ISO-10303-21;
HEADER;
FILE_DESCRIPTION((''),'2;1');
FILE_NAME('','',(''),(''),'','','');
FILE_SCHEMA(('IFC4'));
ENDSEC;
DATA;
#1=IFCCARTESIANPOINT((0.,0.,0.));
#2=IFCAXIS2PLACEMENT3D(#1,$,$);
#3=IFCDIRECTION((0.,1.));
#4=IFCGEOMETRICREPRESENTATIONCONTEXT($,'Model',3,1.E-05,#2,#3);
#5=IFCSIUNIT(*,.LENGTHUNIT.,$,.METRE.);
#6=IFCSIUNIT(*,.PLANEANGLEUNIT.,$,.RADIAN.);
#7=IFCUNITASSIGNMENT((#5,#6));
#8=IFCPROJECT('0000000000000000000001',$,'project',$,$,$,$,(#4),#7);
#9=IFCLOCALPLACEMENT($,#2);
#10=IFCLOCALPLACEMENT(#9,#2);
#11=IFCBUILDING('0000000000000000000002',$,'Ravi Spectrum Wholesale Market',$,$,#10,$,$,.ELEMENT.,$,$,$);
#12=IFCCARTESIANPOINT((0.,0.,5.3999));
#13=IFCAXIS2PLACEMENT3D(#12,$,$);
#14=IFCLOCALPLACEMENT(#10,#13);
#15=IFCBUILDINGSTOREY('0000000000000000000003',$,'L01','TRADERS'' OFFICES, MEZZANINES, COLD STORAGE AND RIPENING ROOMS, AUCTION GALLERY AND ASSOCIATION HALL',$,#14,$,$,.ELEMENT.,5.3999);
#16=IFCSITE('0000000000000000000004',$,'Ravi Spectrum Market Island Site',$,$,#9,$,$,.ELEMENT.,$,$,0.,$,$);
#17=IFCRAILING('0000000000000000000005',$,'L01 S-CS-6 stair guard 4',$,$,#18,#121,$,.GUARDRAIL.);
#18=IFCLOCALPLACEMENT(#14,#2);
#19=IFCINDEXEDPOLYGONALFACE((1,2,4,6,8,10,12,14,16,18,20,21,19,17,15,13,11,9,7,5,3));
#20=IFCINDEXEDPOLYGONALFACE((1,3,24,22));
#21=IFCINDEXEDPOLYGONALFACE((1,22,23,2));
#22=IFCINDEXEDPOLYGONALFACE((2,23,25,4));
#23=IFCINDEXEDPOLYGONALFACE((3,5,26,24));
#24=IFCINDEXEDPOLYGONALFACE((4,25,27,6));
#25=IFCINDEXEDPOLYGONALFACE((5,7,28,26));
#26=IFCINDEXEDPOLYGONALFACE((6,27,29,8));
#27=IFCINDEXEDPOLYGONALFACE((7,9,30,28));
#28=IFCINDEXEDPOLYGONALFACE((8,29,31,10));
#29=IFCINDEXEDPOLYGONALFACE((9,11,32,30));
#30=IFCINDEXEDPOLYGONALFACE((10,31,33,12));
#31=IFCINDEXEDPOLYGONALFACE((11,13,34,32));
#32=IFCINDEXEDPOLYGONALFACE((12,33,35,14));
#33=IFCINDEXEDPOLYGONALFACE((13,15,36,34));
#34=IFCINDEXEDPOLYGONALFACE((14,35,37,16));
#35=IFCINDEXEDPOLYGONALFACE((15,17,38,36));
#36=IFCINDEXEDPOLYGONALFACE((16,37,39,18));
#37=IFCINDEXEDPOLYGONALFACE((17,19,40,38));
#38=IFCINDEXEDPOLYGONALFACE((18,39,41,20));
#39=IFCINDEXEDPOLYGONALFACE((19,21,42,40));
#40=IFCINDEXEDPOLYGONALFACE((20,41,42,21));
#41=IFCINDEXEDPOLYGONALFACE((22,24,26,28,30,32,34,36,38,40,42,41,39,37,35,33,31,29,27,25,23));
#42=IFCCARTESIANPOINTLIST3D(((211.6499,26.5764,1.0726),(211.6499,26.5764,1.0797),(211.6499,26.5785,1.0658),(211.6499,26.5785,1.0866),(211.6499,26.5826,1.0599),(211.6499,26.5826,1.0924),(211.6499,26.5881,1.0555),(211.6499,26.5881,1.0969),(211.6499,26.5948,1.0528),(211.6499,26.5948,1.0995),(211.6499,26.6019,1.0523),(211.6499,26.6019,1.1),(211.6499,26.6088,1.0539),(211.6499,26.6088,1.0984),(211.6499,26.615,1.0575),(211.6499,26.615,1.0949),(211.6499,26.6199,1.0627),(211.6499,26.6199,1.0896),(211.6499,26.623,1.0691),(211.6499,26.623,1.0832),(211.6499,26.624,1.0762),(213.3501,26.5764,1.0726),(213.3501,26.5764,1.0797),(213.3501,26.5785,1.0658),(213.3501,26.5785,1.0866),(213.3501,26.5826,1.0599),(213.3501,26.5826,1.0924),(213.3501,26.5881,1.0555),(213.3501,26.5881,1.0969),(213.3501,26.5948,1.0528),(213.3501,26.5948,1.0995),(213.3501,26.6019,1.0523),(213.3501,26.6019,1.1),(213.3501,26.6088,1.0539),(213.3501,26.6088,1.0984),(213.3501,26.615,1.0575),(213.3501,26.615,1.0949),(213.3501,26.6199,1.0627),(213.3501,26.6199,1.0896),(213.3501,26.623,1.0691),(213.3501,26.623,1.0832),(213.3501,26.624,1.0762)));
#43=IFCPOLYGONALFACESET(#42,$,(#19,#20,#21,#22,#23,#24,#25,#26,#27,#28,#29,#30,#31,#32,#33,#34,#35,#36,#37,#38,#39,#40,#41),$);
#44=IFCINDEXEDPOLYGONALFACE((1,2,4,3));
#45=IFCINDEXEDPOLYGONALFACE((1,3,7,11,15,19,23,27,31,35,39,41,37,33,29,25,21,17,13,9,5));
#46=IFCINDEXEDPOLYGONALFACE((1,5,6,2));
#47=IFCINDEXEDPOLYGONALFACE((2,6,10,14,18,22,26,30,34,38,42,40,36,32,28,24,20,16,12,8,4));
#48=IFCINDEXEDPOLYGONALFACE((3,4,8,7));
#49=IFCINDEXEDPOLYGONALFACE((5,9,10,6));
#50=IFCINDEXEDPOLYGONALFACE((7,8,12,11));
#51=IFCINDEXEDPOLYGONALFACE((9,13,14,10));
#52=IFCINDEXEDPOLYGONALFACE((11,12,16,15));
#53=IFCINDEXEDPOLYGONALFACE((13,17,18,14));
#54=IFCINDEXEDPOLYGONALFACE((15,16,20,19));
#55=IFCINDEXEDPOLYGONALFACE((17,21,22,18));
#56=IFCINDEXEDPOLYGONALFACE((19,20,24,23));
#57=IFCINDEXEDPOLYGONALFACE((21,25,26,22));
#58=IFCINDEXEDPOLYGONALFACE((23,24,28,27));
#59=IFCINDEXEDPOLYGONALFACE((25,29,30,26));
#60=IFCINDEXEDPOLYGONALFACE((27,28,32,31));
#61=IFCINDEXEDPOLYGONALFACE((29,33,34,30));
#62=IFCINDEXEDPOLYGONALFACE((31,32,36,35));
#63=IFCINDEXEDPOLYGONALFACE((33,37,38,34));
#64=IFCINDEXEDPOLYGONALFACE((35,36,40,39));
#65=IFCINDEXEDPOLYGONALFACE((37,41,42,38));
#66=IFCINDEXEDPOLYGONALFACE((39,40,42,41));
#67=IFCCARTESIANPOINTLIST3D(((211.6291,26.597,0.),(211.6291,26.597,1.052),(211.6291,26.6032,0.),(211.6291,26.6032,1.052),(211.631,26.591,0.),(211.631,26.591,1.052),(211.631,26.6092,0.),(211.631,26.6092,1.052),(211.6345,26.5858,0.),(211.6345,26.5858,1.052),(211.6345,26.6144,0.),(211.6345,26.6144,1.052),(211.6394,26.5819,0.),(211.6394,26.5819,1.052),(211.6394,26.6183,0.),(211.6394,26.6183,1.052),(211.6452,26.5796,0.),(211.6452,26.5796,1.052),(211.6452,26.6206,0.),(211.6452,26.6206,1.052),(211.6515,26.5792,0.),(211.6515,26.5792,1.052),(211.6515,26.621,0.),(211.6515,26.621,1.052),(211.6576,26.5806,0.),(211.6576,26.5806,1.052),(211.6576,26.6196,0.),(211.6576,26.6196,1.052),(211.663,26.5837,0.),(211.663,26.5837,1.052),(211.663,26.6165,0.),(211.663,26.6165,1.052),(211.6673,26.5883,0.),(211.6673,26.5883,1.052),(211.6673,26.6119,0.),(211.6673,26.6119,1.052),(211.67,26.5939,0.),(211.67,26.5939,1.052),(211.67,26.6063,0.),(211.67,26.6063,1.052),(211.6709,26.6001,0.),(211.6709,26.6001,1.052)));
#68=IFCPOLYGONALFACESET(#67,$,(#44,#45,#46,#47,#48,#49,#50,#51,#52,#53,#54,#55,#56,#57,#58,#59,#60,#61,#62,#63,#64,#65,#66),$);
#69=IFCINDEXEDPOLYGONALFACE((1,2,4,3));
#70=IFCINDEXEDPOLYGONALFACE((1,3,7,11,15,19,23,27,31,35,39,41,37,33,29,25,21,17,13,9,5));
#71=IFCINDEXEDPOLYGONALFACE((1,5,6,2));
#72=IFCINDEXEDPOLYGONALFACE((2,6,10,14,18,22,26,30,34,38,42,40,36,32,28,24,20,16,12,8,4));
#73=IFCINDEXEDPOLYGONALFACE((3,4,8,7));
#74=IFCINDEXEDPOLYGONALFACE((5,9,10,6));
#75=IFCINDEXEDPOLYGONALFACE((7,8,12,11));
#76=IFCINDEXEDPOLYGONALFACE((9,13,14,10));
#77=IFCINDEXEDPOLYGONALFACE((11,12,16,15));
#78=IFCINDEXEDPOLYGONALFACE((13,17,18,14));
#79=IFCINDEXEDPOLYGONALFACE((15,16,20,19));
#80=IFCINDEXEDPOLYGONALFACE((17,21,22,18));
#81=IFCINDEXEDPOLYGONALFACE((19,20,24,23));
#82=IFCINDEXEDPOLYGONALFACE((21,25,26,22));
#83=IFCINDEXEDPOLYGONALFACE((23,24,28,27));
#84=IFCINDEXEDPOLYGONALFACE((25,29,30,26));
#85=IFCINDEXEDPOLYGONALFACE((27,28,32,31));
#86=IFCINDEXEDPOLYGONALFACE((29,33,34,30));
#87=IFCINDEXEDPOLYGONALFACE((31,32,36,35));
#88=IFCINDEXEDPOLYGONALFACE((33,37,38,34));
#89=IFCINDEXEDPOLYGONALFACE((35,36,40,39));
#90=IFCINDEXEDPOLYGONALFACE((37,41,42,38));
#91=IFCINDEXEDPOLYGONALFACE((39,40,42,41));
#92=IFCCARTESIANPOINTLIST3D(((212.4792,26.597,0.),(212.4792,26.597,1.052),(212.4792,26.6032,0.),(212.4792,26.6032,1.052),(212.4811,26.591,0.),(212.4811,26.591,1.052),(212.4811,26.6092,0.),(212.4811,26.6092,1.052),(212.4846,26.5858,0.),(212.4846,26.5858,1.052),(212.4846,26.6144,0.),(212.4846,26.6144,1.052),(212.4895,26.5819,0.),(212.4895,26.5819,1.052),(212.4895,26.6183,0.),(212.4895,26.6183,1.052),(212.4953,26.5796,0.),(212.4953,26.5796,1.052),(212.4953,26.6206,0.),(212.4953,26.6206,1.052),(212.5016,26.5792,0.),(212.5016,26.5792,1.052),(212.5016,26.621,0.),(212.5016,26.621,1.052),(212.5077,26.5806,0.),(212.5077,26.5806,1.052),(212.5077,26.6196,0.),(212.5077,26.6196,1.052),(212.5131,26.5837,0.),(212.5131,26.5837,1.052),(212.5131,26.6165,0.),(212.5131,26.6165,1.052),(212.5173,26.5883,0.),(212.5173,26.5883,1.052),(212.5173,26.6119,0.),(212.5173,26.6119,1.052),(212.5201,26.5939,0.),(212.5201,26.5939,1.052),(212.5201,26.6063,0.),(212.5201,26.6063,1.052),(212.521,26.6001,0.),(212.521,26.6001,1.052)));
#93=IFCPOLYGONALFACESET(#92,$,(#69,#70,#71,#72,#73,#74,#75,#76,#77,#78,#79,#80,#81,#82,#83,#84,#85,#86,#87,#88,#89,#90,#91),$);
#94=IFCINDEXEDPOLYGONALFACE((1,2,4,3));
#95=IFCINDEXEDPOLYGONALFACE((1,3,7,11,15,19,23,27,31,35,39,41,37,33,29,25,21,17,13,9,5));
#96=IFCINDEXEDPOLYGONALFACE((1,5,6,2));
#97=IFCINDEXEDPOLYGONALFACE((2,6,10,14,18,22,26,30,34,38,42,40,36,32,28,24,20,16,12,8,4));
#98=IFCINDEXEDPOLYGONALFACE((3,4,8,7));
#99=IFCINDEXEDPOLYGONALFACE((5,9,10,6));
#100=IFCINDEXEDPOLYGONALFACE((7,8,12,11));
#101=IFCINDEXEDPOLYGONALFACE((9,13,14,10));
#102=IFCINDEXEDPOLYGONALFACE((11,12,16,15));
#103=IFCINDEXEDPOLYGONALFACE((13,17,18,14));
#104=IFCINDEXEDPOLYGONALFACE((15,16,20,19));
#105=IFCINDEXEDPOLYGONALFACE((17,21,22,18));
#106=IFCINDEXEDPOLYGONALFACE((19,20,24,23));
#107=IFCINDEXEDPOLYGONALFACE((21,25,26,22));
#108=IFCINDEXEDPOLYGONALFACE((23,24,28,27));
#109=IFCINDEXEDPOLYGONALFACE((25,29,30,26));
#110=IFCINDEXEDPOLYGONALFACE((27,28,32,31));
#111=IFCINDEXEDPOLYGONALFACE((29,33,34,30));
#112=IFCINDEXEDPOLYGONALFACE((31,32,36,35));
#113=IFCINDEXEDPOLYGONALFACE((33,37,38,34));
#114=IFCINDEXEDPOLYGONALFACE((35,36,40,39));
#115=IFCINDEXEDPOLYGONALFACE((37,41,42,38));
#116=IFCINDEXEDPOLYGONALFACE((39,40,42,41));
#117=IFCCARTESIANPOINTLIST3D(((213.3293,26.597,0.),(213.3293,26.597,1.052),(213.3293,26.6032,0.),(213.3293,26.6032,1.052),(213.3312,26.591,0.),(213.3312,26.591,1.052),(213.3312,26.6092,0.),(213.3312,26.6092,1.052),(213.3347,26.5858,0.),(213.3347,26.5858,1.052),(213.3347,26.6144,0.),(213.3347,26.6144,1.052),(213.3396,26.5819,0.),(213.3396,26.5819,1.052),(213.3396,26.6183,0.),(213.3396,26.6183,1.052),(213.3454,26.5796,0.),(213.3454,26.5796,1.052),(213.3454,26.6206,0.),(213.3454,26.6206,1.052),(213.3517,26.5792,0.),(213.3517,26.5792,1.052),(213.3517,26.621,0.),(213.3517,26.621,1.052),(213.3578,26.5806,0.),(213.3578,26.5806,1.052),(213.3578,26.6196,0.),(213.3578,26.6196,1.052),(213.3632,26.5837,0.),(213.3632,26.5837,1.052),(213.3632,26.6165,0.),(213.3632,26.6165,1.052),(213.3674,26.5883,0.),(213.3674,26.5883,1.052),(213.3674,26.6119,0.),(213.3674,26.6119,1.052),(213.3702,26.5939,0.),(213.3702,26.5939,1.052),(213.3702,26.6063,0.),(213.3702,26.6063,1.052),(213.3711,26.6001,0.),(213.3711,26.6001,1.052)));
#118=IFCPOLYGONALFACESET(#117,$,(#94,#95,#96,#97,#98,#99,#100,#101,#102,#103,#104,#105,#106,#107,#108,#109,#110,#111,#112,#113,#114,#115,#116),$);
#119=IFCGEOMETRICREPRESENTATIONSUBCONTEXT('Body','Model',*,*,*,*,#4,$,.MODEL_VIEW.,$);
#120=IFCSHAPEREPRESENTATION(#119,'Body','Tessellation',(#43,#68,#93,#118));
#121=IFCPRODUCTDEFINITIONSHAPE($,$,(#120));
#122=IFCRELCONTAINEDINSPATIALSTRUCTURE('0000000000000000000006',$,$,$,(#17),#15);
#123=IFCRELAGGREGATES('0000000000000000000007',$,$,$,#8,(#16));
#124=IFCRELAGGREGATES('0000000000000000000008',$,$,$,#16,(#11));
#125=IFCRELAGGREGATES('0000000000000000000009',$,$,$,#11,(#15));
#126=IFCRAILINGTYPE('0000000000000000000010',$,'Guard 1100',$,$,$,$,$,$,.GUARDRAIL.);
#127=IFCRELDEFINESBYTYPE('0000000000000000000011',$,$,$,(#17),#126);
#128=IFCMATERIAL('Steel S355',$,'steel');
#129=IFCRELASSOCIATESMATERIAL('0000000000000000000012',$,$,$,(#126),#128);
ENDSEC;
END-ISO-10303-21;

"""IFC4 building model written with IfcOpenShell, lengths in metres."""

from ifc_helpers import new_model, si_unit, direction, frame, origin, origin_2d, place, context, subcontext, project, spatial, circle, extrude, material, type_object, element, save


model = new_model("IFC4")

# Units and contexts
model_context = context("Model", 3, precision=1e-05, world=origin(), true_north=direction((0.0, 1.0)))
body_context = subcontext(model_context, "Body", "Model", "MODEL_VIEW")
ifc_project = project(units=[si_unit("LENGTHUNIT", "METRE"), si_unit("PLANEANGLEUNIT", "RADIAN")], contexts=[model_context])

# Site, building, storey
site_placement = place(None, origin())
site = spatial("IfcSite", under=ifc_project, at=site_placement, Name="Ravi Spectrum Market Island Site", CompositionType="ELEMENT", RefElevation=0.0)
building_placement = place(site_placement, origin())
building = spatial("IfcBuilding", under=site, at=building_placement, Name="Ravi Spectrum Wholesale Market", CompositionType="ELEMENT")
storey_placement = place(building_placement, frame((0.0, 0.0, 5.3999)))
storey = spatial("IfcBuildingStorey", under=building, at=storey_placement, Name="L01", Description="TRADERS' OFFICES, MEZZANINES, COLD STORAGE AND RIPENING ROOMS, AUCTION GALLERY AND ASSOCIATION HALL", CompositionType="ELEMENT", Elevation=5.3999)

# Railing
ifc_material_1 = material(Name="Steel S355", Category="steel")
railing_type_1 = type_object("IfcRailingType", Name="Guard 1100", PredefinedType="GUARDRAIL", material=ifc_material_1)
railing_1_placement = place(storey_placement, frame((211.6499, 26.6001, 0.0)))
element("IfcRailing", 1, at=railing_1_placement, inside=storey, type_object=railing_type_1, Name="L01 S-CS-6 stair guard 4", PredefinedType="GUARDRAIL", context=body_context, shape_type="SweptSolid", body=[
    extrude(circle(Radius=0.0239, at=origin_2d()), frame((0.0, 0.0, 1.0762), z_axis=(1.0, 0.0, 0.0), x_axis=(0.0, 1.0, 0.0)), (0.0, 0.0, 1.0), 1.7002),
    extrude(circle(Radius=0.021, at=origin_2d()), origin(), (0.0, 0.0, 1.0), 1.052),
    extrude(circle(Radius=0.021, at=origin_2d()), frame((0.8501, 0.0, 0.0)), (0.0, 0.0, 1.0), 1.052),
    extrude(circle(Radius=0.021, at=origin_2d()), frame((1.7002, 0.0, 0.0)), (0.0, 0.0, 1.0), 1.052),
])

save(model, "model.ifc")
